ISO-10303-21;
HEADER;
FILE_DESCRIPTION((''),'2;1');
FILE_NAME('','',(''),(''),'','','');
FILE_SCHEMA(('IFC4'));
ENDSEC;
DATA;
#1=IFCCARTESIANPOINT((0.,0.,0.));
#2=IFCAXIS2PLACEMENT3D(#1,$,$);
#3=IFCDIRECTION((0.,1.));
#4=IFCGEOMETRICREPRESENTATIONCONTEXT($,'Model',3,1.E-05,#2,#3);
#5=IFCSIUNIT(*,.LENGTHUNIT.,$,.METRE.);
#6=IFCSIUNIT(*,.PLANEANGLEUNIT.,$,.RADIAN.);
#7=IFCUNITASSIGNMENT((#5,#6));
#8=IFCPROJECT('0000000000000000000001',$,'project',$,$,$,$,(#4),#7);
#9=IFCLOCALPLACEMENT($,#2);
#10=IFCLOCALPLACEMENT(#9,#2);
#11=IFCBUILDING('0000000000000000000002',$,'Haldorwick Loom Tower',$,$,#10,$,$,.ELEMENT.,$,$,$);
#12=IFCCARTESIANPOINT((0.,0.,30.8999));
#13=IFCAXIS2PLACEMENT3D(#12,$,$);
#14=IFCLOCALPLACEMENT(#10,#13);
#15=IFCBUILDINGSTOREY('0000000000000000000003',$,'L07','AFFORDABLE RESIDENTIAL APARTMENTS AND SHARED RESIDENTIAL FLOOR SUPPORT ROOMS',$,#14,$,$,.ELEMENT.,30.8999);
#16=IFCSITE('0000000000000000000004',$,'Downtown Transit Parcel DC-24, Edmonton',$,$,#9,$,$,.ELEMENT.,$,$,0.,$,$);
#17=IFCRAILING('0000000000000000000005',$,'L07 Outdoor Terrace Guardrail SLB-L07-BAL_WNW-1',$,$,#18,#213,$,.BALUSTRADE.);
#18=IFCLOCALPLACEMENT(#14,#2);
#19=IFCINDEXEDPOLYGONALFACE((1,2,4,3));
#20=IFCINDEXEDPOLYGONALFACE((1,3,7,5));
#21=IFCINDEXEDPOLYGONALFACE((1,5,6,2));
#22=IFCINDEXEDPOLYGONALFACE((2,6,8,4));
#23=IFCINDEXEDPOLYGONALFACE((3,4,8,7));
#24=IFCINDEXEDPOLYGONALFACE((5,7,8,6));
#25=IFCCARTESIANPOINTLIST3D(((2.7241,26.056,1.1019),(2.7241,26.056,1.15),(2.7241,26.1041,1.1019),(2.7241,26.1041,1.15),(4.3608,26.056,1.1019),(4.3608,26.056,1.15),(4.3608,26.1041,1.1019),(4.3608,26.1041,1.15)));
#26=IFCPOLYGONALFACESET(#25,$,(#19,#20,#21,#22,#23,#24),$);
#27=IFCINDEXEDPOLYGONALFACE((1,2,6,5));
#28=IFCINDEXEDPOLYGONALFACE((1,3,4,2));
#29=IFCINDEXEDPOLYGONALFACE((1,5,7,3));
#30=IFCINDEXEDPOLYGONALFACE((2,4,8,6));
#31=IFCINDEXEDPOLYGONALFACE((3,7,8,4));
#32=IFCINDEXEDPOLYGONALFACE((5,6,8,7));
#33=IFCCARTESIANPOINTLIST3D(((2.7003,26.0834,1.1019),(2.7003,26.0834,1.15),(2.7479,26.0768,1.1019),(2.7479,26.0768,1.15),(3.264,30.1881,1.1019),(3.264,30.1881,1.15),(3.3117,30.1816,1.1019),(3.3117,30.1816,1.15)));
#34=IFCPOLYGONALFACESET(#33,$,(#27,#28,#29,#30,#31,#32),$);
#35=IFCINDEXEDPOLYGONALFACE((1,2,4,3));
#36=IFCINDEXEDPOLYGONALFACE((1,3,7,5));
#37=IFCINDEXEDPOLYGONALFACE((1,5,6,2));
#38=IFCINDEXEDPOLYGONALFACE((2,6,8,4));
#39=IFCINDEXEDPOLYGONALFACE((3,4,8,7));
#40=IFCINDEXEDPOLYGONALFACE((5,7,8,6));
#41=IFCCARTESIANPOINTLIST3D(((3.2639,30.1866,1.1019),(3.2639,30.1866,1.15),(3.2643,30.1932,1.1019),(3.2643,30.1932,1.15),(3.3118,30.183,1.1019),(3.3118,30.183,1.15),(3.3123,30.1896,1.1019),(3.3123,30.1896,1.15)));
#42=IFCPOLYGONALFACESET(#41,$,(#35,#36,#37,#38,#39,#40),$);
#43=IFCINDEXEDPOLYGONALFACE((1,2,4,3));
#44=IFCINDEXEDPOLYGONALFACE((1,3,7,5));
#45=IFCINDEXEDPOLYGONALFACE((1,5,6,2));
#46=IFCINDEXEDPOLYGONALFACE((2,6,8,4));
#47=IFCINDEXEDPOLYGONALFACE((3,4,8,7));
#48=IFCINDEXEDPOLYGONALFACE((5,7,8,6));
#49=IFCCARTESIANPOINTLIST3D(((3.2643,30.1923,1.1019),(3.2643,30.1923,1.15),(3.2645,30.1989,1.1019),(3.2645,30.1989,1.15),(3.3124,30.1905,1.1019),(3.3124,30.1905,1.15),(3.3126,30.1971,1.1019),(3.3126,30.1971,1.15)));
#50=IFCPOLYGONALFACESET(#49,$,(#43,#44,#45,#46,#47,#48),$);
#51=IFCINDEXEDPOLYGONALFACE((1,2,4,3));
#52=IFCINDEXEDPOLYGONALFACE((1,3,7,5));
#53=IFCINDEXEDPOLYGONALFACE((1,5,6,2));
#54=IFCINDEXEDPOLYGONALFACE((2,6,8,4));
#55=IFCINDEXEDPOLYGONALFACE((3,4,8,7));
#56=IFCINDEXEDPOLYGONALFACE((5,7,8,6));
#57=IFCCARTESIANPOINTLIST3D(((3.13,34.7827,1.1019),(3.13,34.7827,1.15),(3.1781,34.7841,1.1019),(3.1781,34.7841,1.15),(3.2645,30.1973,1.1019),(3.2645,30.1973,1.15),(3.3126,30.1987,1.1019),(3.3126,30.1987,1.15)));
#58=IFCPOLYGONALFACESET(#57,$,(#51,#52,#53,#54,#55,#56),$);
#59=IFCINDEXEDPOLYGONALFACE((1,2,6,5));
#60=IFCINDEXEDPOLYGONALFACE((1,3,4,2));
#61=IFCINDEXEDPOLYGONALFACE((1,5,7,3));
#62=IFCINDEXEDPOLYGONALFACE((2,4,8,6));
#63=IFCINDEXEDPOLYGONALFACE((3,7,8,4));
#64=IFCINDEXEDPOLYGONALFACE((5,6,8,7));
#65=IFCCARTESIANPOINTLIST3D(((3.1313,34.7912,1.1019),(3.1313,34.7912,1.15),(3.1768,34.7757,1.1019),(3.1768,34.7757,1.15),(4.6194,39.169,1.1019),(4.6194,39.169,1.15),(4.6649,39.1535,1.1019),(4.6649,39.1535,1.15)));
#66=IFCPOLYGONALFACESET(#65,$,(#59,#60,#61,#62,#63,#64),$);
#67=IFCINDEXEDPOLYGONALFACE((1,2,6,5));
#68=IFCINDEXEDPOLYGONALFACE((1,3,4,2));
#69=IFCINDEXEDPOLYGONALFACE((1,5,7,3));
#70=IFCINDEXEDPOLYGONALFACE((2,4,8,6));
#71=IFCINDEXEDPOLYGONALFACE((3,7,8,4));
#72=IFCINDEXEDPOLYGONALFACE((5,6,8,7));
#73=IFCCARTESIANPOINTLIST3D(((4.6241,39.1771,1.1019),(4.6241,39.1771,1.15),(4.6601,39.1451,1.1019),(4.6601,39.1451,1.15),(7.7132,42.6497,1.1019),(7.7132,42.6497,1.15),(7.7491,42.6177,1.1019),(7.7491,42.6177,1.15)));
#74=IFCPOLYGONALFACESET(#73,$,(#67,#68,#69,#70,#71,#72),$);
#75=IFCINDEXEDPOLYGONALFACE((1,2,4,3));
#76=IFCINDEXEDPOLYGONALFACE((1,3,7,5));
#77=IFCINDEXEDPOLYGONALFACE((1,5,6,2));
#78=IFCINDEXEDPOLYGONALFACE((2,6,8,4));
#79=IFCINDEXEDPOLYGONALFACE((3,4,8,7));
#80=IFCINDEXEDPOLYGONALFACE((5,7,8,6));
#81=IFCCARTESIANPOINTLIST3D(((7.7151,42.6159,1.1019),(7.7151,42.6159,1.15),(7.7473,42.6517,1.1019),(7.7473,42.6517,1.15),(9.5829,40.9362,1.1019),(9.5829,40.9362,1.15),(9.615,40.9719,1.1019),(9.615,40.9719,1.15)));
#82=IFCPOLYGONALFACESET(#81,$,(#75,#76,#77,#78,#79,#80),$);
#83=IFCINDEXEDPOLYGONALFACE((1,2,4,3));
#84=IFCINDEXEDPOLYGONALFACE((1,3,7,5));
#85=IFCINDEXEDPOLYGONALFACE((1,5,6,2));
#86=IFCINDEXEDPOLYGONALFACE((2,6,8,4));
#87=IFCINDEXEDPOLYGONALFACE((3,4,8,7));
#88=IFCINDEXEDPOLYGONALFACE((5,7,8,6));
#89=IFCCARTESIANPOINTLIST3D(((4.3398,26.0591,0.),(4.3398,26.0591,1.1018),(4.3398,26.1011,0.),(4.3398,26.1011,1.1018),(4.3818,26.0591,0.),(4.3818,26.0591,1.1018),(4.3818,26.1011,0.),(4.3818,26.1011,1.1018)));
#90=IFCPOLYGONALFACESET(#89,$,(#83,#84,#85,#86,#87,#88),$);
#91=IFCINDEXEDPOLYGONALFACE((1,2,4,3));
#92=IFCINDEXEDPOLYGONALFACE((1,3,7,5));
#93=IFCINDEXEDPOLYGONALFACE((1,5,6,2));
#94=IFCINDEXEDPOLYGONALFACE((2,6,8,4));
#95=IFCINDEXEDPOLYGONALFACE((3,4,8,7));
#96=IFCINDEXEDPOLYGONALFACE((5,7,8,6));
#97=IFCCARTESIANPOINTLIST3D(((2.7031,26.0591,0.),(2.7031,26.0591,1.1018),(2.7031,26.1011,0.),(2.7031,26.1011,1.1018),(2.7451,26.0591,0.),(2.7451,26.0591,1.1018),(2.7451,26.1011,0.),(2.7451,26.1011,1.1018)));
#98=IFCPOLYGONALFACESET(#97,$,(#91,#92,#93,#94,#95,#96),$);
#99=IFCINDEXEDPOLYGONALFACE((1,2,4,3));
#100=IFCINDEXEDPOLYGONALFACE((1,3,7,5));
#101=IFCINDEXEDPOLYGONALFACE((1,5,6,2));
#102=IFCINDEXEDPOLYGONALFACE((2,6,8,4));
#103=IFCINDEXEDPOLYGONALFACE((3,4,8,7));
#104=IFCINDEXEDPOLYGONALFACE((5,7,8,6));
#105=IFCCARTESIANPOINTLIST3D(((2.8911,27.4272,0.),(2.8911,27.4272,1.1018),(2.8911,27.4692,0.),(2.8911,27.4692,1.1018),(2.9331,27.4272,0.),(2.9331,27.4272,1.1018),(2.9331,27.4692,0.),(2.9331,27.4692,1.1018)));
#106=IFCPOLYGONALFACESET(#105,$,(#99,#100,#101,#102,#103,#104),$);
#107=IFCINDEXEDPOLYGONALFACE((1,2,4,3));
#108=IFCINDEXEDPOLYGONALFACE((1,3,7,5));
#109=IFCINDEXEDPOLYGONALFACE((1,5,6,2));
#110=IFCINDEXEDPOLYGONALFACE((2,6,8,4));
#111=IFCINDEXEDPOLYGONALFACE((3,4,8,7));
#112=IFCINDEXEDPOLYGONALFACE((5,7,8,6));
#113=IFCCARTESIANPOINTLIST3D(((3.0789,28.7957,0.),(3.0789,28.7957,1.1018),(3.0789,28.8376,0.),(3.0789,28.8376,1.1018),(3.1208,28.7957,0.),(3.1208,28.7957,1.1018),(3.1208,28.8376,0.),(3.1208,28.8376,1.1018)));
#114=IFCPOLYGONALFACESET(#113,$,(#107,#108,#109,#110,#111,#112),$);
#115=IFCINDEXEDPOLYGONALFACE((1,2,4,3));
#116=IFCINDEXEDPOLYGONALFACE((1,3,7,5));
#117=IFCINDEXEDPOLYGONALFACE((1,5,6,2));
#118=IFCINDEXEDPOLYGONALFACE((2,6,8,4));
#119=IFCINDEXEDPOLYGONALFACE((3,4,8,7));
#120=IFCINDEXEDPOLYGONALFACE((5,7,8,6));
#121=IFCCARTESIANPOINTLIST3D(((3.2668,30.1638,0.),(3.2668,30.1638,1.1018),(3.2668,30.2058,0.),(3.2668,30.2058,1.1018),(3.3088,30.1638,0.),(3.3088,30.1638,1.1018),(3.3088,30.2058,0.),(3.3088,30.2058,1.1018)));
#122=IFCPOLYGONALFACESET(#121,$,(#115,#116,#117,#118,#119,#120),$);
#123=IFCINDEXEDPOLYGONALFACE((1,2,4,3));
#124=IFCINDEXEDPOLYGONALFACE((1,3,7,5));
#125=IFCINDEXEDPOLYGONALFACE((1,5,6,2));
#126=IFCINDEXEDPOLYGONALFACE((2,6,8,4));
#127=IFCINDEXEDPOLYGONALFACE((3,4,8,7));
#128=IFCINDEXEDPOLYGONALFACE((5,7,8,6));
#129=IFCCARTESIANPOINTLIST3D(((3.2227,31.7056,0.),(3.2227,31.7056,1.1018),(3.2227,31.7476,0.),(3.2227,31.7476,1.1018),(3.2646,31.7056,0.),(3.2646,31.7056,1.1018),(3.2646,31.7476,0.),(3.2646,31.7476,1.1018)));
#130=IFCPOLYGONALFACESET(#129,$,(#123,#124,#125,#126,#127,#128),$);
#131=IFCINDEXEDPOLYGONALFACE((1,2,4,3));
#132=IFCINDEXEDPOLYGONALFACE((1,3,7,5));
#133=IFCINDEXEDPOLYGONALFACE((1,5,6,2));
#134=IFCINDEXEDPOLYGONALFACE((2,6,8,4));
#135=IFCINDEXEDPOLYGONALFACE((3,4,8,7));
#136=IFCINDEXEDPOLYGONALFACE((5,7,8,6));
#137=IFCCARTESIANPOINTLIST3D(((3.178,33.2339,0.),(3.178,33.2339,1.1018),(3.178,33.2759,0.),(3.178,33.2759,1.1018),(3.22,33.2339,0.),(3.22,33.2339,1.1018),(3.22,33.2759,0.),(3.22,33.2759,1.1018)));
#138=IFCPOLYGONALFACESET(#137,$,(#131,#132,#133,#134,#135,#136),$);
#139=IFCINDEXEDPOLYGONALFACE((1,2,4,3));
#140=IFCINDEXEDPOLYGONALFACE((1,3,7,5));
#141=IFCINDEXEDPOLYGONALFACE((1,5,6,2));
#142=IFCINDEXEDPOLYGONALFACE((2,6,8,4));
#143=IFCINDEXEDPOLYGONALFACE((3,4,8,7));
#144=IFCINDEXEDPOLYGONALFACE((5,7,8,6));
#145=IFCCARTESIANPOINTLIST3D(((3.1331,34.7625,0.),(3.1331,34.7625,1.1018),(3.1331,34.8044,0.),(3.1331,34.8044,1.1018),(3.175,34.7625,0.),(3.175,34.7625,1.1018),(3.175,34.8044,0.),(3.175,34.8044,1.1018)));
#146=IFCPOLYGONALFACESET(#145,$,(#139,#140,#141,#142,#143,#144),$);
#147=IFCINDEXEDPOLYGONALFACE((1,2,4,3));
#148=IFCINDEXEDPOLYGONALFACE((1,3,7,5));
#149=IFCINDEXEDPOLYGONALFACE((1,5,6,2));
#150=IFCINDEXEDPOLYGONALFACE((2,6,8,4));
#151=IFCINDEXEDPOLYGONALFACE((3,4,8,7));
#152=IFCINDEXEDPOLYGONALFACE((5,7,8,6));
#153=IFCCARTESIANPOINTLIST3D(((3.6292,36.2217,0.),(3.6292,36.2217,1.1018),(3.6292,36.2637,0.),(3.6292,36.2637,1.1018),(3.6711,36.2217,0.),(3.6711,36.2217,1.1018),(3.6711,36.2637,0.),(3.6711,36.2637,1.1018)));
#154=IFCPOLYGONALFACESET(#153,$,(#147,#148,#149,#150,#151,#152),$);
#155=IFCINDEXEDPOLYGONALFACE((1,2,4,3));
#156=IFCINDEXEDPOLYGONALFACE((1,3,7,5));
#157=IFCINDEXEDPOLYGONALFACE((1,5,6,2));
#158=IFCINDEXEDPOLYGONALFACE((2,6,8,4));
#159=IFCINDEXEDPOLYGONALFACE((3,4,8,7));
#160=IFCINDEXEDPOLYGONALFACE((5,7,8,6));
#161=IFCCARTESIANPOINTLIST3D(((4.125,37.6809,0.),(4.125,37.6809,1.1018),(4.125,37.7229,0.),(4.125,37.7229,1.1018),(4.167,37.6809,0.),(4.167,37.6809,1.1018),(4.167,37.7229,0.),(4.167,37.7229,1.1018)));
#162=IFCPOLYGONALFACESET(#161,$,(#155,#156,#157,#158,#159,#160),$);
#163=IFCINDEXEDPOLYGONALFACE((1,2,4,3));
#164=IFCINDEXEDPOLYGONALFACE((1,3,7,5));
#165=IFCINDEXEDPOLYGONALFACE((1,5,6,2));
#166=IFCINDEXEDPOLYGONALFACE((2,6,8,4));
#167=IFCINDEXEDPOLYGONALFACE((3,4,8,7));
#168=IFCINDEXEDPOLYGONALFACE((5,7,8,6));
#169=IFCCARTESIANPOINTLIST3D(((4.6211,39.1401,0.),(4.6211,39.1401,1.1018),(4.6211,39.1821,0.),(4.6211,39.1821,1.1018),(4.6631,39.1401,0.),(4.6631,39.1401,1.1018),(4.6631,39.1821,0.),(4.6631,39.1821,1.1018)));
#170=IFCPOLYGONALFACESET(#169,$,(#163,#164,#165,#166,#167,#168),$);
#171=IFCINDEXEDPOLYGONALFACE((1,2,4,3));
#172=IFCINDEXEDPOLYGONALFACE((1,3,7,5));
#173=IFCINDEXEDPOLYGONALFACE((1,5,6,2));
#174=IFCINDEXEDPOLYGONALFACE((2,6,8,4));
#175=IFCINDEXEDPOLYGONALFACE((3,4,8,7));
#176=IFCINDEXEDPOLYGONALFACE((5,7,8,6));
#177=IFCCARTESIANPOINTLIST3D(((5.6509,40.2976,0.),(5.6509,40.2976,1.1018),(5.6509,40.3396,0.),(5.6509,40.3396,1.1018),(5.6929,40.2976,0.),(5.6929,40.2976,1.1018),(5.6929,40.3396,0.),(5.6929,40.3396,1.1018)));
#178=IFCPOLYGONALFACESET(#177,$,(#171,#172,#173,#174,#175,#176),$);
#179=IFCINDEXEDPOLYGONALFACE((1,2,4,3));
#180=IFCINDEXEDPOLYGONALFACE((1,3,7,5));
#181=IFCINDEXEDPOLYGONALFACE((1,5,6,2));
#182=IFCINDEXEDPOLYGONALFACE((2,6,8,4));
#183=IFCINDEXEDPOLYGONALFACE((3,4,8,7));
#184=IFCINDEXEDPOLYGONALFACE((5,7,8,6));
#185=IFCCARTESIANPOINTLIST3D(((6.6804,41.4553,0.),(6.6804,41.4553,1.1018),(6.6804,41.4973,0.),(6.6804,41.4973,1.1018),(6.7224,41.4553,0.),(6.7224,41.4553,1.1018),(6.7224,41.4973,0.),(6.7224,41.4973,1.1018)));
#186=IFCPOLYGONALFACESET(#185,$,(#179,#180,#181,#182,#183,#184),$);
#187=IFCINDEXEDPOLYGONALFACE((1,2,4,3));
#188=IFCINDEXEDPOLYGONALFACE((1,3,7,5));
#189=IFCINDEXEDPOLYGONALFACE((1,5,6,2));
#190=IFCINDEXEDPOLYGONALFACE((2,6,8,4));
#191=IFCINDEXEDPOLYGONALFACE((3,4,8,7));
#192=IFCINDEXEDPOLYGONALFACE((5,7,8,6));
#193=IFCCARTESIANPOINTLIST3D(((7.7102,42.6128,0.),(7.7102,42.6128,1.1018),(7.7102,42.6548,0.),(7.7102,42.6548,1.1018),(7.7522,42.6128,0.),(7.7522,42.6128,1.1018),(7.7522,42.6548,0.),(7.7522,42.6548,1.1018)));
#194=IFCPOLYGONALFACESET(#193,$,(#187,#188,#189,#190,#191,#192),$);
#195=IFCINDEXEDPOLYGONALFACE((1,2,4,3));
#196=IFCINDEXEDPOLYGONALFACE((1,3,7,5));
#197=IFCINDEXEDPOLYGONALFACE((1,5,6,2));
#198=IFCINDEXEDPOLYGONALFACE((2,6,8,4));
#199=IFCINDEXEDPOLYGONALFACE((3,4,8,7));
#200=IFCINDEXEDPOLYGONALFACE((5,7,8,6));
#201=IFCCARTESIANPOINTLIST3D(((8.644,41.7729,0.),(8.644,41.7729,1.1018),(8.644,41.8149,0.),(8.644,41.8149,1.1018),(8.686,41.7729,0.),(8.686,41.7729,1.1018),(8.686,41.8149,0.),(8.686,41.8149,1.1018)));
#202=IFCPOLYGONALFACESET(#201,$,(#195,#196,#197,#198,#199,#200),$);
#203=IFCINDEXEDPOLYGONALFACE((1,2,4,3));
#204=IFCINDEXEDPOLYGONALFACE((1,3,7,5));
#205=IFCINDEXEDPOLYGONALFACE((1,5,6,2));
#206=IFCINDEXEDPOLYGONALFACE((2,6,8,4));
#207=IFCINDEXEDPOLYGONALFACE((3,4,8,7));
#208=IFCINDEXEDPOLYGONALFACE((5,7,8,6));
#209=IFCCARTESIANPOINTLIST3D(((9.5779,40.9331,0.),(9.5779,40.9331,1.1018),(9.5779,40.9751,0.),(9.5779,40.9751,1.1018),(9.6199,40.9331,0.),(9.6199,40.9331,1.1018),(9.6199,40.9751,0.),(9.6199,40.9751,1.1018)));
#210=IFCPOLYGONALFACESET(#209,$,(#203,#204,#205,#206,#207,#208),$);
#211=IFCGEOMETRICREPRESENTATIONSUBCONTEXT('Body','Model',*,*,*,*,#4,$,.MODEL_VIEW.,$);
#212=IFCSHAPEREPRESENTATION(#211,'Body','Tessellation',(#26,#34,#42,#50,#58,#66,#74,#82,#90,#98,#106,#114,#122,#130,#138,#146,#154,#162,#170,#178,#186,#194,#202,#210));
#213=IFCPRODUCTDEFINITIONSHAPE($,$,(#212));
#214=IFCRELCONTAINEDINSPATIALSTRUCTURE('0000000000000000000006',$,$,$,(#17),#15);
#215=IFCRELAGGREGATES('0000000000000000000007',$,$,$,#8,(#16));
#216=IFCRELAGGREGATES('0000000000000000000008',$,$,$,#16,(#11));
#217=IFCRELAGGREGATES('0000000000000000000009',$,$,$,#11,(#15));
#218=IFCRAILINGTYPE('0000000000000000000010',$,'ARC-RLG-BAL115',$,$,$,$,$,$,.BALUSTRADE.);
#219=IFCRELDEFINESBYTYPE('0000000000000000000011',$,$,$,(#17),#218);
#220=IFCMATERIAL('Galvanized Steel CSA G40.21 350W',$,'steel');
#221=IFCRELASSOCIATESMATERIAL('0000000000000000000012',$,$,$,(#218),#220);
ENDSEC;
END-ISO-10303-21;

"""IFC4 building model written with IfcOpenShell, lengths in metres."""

from ifc_helpers import new_model, si_unit, direction, frame, origin, origin_2d, place, context, subcontext, project, spatial, rectangle, extrude, material, type_object, element, save


model = new_model("IFC4")

# Units and contexts
model_context = context("Model", 3, precision=1e-05, world=origin(), true_north=direction((0.0, 1.0)))
body_context = subcontext(model_context, "Body", "Model", "MODEL_VIEW")
ifc_project = project(units=[si_unit("LENGTHUNIT", "METRE"), si_unit("PLANEANGLEUNIT", "RADIAN")], contexts=[model_context])

# Site, building, storey
site_placement = place(None, origin())
site = spatial("IfcSite", under=ifc_project, at=site_placement, Name="Downtown Transit Parcel DC-24, Edmonton", CompositionType="ELEMENT", RefElevation=0.0)
building_placement = place(site_placement, origin())
building = spatial("IfcBuilding", under=site, at=building_placement, Name="Haldorwick Loom Tower", CompositionType="ELEMENT")
storey_placement = place(building_placement, frame((0.0, 0.0, 30.8999)))
storey = spatial("IfcBuildingStorey", under=building, at=storey_placement, Name="L07", Description="AFFORDABLE RESIDENTIAL APARTMENTS AND SHARED RESIDENTIAL FLOOR SUPPORT ROOMS", CompositionType="ELEMENT", Elevation=30.8999)

# Railing
ifc_material_1 = material(Name="Galvanized Steel CSA G40.21 350W", Category="steel")
railing_type = type_object("IfcRailingType", Name="ARC-RLG-BAL115", PredefinedType="BALUSTRADE", material=ifc_material_1)
railing_placement = place(storey_placement, frame((4.3608, 26.0801, 0.0)))
element("IfcRailing", 1, at=railing_placement, inside=storey, type_object=railing_type, Name="L07 Outdoor Terrace Guardrail SLB-L07-BAL_WNW-1", PredefinedType="BALUSTRADE", context=body_context, shape_type="SweptSolid", body=[
    extrude(rectangle(XDim=0.0481, YDim=0.0481, at=origin_2d()), frame((0.0, 0.0, 1.126), z_axis=(-1.0, 0.0, 0.0), x_axis=(0.0, -1.0, 0.0)), (0.0, 0.0, 1.0), 1.6367),
    extrude(rectangle(XDim=0.0481, YDim=0.0481, at=origin_2d()), frame((-1.6367, 0.0, 1.126), z_axis=(0.136057, 0.990701, 0.0), x_axis=(-0.990701, 0.136057, 0.0)), (0.0, 0.0, 1.0), 4.1433),
    extrude(rectangle(XDim=0.0481, YDim=0.0481, at=origin_2d()), frame((-1.073, 4.1047, 1.126), z_axis=(0.073872, 0.997268, 0.0), x_axis=(-0.997268, 0.073872, 0.0)), (0.0, 0.0, 1.0), 0.0066),
    extrude(rectangle(XDim=0.0481, YDim=0.0481, at=origin_2d()), frame((-1.0725, 4.1113, 1.126), z_axis=(0.037012, 0.999315, 0.0), x_axis=(-0.999315, 0.037012, 0.0)), (0.0, 0.0, 1.0), 0.0066),
    extrude(rectangle(XDim=0.0481, YDim=0.0481, at=origin_2d()), frame((-1.0723, 4.1179, 1.126), z_axis=(-0.029324, 0.99957, 0.0), x_axis=(-0.99957, -0.029324, 0.0)), (0.0, 0.0, 1.0), 4.5874),
    extrude(rectangle(XDim=0.0481, YDim=0.0481, at=origin_2d()), frame((-1.2068, 8.7034, 1.126), z_axis=(0.32183, 0.946798, 0.0), x_axis=(-0.946798, 0.32183, 0.0)), (0.0, 0.0, 1.0), 4.6238),
    extrude(rectangle(XDim=0.0481, YDim=0.0481, at=origin_2d()), frame((0.2812, 13.0811, 1.126), z_axis=(0.664641, 0.747163, 0.0), x_axis=(-0.747163, 0.664641, 0.0)), (0.0, 0.0, 1.0), 4.6477),
    extrude(rectangle(XDim=0.0481, YDim=0.0481, at=origin_2d()), frame((3.3704, 16.5537, 1.126), z_axis=(0.743536, -0.668696, 0.0), x_axis=(0.668696, 0.743536, 0.0)), (0.0, 0.0, 1.0), 2.512),
    extrude(rectangle(XDim=0.042, YDim=0.042, at=origin_2d()), origin(), (0.0, 0.0, 1.0), 1.1018),
    extrude(rectangle(XDim=0.042, YDim=0.042, at=origin_2d()), frame((-1.6367, 0.0, 0.0)), (0.0, 0.0, 1.0), 1.1018),
    extrude(rectangle(XDim=0.042, YDim=0.042, at=origin_2d()), frame((-1.4487, 1.3682, 0.0)), (0.0, 0.0, 1.0), 1.1018),
    extrude(rectangle(XDim=0.042, YDim=0.042, at=origin_2d()), frame((-1.261, 2.7366, 0.0)), (0.0, 0.0, 1.0), 1.1018),
    extrude(rectangle(XDim=0.042, YDim=0.042, at=origin_2d()), frame((-1.073, 4.1047, 0.0)), (0.0, 0.0, 1.0), 1.1018),
    extrude(rectangle(XDim=0.042, YDim=0.042, at=origin_2d()), frame((-1.1172, 5.6465, 0.0)), (0.0, 0.0, 1.0), 1.1018),
    extrude(rectangle(XDim=0.042, YDim=0.042, at=origin_2d()), frame((-1.1619, 7.1748, 0.0)), (0.0, 0.0, 1.0), 1.1018),
    extrude(rectangle(XDim=0.042, YDim=0.042, at=origin_2d()), frame((-1.2068, 8.7034, 0.0)), (0.0, 0.0, 1.0), 1.1018),
    extrude(rectangle(XDim=0.042, YDim=0.042, at=origin_2d()), frame((-0.7107, 10.1626, 0.0)), (0.0, 0.0, 1.0), 1.1018),
    extrude(rectangle(XDim=0.042, YDim=0.042, at=origin_2d()), frame((-0.2148, 11.6218, 0.0)), (0.0, 0.0, 1.0), 1.1018),
    extrude(rectangle(XDim=0.042, YDim=0.042, at=origin_2d()), frame((0.2812, 13.0811, 0.0)), (0.0, 0.0, 1.0), 1.1018),
    extrude(rectangle(XDim=0.042, YDim=0.042, at=origin_2d()), frame((1.311, 14.2385, 0.0)), (0.0, 0.0, 1.0), 1.1018),
    extrude(rectangle(XDim=0.042, YDim=0.042, at=origin_2d()), frame((2.3406, 15.3962, 0.0)), (0.0, 0.0, 1.0), 1.1018),
    extrude(rectangle(XDim=0.042, YDim=0.042, at=origin_2d()), frame((3.3704, 16.5537, 0.0)), (0.0, 0.0, 1.0), 1.1018),
    extrude(rectangle(XDim=0.042, YDim=0.042, at=origin_2d()), frame((4.3042, 15.7139, 0.0)), (0.0, 0.0, 1.0), 1.1018),
    extrude(rectangle(XDim=0.042, YDim=0.042, at=origin_2d()), frame((5.238, 14.874, 0.0)), (0.0, 0.0, 1.0), 1.1018),
])

save(model, "model.ifc")
